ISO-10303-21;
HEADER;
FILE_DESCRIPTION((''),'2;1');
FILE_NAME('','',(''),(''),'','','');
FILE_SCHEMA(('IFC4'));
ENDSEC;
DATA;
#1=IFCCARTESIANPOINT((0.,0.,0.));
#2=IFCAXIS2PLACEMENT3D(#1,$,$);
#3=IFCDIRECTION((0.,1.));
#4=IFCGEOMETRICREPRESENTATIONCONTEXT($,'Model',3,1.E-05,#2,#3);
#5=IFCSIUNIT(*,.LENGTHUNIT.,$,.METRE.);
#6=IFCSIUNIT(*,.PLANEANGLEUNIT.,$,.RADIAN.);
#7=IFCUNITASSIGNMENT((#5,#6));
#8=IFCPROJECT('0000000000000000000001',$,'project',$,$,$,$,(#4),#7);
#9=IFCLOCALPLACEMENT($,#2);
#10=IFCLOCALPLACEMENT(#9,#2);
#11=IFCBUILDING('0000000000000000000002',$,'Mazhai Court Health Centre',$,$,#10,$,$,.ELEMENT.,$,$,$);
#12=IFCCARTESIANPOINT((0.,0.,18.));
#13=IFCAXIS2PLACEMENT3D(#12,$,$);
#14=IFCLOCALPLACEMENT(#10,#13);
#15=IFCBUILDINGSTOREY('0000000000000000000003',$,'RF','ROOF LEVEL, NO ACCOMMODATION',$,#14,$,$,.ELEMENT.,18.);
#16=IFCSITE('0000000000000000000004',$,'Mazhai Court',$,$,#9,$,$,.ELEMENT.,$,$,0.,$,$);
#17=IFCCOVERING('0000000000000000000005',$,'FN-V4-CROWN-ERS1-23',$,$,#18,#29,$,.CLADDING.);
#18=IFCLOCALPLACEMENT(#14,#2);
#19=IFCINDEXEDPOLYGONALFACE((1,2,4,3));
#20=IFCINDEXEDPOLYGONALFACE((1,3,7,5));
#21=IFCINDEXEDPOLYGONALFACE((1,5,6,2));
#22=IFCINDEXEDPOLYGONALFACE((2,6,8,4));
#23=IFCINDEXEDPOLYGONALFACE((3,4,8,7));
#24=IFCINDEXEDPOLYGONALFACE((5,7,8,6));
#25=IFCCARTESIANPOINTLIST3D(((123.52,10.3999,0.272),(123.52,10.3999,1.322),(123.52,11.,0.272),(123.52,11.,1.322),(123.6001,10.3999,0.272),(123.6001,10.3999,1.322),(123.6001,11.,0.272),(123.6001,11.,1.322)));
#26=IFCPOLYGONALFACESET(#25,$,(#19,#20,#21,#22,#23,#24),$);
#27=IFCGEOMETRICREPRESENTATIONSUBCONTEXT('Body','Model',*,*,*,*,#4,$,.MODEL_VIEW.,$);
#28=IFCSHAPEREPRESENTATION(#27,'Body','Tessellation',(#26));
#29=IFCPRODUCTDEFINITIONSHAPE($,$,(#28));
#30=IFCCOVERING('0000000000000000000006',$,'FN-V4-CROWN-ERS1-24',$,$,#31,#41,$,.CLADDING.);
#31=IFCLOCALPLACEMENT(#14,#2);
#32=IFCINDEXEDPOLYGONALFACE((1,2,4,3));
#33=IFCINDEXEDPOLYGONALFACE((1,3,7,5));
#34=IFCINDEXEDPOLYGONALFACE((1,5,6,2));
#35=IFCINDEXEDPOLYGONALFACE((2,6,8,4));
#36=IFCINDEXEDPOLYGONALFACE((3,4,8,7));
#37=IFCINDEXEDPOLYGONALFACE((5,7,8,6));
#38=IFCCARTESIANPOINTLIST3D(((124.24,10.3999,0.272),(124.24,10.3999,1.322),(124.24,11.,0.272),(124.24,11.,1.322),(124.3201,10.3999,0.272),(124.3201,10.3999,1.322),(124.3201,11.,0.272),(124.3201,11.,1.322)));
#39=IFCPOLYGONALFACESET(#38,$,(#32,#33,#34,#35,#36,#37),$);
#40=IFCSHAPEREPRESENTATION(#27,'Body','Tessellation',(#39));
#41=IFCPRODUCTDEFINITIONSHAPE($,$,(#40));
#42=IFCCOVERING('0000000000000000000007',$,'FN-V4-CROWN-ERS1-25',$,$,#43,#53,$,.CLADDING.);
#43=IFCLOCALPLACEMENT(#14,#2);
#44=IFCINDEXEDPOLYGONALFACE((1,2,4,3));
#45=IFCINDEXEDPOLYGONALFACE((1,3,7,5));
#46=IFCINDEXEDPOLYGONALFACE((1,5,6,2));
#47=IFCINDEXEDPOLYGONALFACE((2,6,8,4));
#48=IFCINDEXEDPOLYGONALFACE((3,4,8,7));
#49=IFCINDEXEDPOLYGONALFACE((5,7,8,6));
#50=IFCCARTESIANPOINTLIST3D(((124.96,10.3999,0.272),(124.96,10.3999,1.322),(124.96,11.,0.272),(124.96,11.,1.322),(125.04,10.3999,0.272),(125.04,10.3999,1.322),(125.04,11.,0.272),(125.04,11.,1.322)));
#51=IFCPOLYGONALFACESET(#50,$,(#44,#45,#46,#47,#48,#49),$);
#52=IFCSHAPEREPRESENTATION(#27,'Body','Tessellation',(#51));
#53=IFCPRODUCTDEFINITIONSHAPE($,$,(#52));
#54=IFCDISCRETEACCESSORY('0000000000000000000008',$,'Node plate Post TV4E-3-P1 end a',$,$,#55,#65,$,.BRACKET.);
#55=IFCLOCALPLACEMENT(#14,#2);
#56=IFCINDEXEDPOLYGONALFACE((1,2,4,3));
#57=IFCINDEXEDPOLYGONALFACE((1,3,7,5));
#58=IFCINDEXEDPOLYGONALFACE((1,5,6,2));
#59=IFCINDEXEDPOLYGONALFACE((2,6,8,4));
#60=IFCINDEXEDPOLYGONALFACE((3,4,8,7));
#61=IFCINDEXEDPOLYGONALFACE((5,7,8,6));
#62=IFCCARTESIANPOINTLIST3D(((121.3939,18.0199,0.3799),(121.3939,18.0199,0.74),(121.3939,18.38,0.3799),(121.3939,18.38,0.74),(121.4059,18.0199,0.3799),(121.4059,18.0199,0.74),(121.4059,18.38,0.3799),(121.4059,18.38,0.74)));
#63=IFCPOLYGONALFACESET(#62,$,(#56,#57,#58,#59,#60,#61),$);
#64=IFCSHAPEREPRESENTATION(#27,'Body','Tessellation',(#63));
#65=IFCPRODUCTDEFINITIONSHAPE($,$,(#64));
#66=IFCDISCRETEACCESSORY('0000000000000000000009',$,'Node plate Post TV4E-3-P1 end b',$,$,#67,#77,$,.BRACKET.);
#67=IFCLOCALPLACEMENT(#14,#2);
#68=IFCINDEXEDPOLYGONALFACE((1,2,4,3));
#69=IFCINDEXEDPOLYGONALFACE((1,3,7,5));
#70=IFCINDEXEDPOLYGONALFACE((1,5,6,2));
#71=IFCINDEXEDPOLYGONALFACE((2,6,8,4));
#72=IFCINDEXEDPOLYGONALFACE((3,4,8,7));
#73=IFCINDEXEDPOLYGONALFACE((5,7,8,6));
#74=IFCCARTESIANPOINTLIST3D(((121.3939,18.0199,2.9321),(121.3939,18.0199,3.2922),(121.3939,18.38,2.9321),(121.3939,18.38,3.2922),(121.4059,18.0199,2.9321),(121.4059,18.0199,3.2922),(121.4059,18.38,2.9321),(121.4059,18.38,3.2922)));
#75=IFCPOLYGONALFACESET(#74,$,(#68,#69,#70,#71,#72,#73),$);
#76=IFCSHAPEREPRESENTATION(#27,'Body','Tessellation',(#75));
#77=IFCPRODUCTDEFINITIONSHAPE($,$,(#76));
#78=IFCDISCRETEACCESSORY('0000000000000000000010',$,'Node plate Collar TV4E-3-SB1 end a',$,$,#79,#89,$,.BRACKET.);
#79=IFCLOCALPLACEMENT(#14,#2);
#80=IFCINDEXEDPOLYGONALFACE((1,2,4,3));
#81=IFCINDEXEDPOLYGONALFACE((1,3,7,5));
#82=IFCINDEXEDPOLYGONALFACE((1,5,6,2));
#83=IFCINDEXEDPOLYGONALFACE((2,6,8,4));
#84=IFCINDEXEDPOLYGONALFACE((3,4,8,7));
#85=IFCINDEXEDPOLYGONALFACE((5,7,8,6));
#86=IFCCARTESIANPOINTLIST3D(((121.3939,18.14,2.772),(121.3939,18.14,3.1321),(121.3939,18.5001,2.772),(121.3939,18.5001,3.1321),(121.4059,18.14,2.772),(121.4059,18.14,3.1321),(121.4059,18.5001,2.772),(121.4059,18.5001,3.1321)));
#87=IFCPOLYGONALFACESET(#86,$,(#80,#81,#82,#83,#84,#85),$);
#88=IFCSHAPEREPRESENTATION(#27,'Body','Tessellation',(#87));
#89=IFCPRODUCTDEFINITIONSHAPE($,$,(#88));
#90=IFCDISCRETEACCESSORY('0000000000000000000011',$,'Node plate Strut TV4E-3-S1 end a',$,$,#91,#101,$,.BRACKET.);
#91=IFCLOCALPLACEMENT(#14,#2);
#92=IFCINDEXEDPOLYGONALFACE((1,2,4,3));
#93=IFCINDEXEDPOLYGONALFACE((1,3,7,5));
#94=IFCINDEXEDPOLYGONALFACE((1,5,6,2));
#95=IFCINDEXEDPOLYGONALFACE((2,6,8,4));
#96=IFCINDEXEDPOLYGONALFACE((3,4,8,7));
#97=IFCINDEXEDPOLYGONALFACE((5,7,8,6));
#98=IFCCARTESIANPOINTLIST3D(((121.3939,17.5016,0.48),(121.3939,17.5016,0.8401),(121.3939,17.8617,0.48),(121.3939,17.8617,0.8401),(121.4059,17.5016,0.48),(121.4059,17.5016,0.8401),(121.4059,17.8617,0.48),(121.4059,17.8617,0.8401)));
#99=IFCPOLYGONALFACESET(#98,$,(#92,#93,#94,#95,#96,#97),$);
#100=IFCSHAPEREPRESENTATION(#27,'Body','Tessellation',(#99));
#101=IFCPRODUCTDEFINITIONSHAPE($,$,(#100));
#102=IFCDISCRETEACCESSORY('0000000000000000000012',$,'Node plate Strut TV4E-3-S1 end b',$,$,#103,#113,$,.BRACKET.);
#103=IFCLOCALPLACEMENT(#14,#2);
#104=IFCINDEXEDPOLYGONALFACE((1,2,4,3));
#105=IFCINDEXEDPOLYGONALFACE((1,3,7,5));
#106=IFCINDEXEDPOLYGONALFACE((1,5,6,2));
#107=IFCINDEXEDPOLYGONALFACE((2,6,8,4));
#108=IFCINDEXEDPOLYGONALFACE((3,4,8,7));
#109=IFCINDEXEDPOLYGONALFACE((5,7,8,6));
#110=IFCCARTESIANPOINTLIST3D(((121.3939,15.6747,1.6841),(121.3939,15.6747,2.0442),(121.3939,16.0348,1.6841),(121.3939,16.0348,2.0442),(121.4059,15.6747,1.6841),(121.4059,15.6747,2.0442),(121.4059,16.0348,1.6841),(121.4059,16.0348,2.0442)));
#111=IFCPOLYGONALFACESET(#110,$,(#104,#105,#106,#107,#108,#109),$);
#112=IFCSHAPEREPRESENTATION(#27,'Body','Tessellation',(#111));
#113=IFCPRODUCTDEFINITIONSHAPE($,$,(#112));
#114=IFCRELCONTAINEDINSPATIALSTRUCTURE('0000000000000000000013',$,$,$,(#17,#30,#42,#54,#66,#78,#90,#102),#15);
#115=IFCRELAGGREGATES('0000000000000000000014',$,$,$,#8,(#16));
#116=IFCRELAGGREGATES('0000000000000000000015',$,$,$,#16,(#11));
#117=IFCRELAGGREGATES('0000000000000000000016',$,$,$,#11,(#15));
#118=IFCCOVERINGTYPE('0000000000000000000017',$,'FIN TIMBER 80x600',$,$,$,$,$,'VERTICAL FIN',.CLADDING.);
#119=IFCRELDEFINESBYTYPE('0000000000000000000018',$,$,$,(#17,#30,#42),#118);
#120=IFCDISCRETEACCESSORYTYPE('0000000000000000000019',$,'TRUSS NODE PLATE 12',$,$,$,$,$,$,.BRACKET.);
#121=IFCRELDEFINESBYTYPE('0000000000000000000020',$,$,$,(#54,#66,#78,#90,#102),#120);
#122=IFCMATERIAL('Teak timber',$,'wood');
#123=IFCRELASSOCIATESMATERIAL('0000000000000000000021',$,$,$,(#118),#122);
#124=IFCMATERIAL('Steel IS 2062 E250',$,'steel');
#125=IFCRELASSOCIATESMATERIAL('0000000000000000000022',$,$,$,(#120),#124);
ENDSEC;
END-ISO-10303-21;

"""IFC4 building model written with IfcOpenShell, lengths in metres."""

from ifc_helpers import new_model, si_unit, direction, frame, origin, origin_2d, place, context, subcontext, project, spatial, rectangle, extrude, material, type_object, element, save


model = new_model("IFC4")

# Units and contexts
model_context = context("Model", 3, precision=1e-05, world=origin(), true_north=direction((0.0, 1.0)))
body_context = subcontext(model_context, "Body", "Model", "MODEL_VIEW")
ifc_project = project(units=[si_unit("LENGTHUNIT", "METRE"), si_unit("PLANEANGLEUNIT", "RADIAN")], contexts=[model_context])

# Site, building, storey
site_placement = place(None, origin())
site = spatial("IfcSite", under=ifc_project, at=site_placement, Name="Mazhai Court", CompositionType="ELEMENT", RefElevation=0.0)
building_placement = place(site_placement, origin())
building = spatial("IfcBuilding", under=site, at=building_placement, Name="Mazhai Court Health Centre", CompositionType="ELEMENT")
storey_placement = place(building_placement, frame((0.0, 0.0, 18.0)))
storey = spatial("IfcBuildingStorey", under=building, at=storey_placement, Name="RF", Description="ROOF LEVEL, NO ACCOMMODATION", CompositionType="ELEMENT", Elevation=18.0)

# Coverings
ifc_material_1 = material(Name="Teak timber", Category="wood")
covering_type = type_object("IfcCoveringType", Name="FIN TIMBER 80x600", ElementType="VERTICAL FIN", PredefinedType="CLADDING", material=ifc_material_1)
for number, where, z_axis, x_axis, name in (
    (1, (123.5601, 10.7, 0.272), (0.0, 0.0, 1.0), (1.0, 0.0, 0.0), "FN-V4-CROWN-ERS1-23"),
    (2, (124.28, 10.7, 0.272), (0.0, 0.0, 1.0), (1.0, 0.0, 0.0), "FN-V4-CROWN-ERS1-24"),
    (3, (125.0, 10.7, 0.272), (0.0, 0.0, 1.0), (1.0, 0.0, 0.0), "FN-V4-CROWN-ERS1-25"),
):
    element("IfcCovering", number, at=place(storey_placement, frame(where, z_axis=z_axis, x_axis=x_axis)), inside=storey, type_object=covering_type, Name=name, PredefinedType="CLADDING", context=body_context, shape_type="SweptSolid", body=[
        extrude(rectangle(XDim=0.0801, YDim=0.6001, at=origin_2d()), origin(), (0.0, 0.0, 1.0), 1.05),
    ])

# Discrete accessories
ifc_material_2 = material(Name="Steel IS 2062 E250", Category="steel")
discrete_accessory_type = type_object("IfcDiscreteAccessoryType", Name="TRUSS NODE PLATE 12", PredefinedType="BRACKET", material=ifc_material_2)
for number, where, z_axis, x_axis, name in (
    (4, (121.3999, 18.2, 0.3799), (0.0, 0.0, 1.0), (1.0, 0.0, 0.0), "Node plate Post TV4E-3-P1 end a"),
    (5, (121.3999, 18.2, 2.9321), (0.0, 0.0, 1.0), (1.0, 0.0, 0.0), "Node plate Post TV4E-3-P1 end b"),
    (6, (121.3999, 18.3201, 2.772), (0.0, 0.0, 1.0), (1.0, 0.0, 0.0), "Node plate Collar TV4E-3-SB1 end a"),
    (7, (121.3999, 17.6816, 0.48), (0.0, 0.0, 1.0), (1.0, 0.0, 0.0), "Node plate Strut TV4E-3-S1 end a"),
    (8, (121.3999, 15.8547, 1.6841), (0.0, 0.0, 1.0), (1.0, 0.0, 0.0), "Node plate Strut TV4E-3-S1 end b"),
):
    element("IfcDiscreteAccessory", number, at=place(storey_placement, frame(where, z_axis=z_axis, x_axis=x_axis)), inside=storey, type_object=discrete_accessory_type, Name=name, PredefinedType="BRACKET", context=body_context, shape_type="SweptSolid", body=[
        extrude(rectangle(XDim=0.012, YDim=0.3601, at=origin_2d()), origin(), (0.0, 0.0, 1.0), 0.3601),
    ])

save(model, "model.ifc")
